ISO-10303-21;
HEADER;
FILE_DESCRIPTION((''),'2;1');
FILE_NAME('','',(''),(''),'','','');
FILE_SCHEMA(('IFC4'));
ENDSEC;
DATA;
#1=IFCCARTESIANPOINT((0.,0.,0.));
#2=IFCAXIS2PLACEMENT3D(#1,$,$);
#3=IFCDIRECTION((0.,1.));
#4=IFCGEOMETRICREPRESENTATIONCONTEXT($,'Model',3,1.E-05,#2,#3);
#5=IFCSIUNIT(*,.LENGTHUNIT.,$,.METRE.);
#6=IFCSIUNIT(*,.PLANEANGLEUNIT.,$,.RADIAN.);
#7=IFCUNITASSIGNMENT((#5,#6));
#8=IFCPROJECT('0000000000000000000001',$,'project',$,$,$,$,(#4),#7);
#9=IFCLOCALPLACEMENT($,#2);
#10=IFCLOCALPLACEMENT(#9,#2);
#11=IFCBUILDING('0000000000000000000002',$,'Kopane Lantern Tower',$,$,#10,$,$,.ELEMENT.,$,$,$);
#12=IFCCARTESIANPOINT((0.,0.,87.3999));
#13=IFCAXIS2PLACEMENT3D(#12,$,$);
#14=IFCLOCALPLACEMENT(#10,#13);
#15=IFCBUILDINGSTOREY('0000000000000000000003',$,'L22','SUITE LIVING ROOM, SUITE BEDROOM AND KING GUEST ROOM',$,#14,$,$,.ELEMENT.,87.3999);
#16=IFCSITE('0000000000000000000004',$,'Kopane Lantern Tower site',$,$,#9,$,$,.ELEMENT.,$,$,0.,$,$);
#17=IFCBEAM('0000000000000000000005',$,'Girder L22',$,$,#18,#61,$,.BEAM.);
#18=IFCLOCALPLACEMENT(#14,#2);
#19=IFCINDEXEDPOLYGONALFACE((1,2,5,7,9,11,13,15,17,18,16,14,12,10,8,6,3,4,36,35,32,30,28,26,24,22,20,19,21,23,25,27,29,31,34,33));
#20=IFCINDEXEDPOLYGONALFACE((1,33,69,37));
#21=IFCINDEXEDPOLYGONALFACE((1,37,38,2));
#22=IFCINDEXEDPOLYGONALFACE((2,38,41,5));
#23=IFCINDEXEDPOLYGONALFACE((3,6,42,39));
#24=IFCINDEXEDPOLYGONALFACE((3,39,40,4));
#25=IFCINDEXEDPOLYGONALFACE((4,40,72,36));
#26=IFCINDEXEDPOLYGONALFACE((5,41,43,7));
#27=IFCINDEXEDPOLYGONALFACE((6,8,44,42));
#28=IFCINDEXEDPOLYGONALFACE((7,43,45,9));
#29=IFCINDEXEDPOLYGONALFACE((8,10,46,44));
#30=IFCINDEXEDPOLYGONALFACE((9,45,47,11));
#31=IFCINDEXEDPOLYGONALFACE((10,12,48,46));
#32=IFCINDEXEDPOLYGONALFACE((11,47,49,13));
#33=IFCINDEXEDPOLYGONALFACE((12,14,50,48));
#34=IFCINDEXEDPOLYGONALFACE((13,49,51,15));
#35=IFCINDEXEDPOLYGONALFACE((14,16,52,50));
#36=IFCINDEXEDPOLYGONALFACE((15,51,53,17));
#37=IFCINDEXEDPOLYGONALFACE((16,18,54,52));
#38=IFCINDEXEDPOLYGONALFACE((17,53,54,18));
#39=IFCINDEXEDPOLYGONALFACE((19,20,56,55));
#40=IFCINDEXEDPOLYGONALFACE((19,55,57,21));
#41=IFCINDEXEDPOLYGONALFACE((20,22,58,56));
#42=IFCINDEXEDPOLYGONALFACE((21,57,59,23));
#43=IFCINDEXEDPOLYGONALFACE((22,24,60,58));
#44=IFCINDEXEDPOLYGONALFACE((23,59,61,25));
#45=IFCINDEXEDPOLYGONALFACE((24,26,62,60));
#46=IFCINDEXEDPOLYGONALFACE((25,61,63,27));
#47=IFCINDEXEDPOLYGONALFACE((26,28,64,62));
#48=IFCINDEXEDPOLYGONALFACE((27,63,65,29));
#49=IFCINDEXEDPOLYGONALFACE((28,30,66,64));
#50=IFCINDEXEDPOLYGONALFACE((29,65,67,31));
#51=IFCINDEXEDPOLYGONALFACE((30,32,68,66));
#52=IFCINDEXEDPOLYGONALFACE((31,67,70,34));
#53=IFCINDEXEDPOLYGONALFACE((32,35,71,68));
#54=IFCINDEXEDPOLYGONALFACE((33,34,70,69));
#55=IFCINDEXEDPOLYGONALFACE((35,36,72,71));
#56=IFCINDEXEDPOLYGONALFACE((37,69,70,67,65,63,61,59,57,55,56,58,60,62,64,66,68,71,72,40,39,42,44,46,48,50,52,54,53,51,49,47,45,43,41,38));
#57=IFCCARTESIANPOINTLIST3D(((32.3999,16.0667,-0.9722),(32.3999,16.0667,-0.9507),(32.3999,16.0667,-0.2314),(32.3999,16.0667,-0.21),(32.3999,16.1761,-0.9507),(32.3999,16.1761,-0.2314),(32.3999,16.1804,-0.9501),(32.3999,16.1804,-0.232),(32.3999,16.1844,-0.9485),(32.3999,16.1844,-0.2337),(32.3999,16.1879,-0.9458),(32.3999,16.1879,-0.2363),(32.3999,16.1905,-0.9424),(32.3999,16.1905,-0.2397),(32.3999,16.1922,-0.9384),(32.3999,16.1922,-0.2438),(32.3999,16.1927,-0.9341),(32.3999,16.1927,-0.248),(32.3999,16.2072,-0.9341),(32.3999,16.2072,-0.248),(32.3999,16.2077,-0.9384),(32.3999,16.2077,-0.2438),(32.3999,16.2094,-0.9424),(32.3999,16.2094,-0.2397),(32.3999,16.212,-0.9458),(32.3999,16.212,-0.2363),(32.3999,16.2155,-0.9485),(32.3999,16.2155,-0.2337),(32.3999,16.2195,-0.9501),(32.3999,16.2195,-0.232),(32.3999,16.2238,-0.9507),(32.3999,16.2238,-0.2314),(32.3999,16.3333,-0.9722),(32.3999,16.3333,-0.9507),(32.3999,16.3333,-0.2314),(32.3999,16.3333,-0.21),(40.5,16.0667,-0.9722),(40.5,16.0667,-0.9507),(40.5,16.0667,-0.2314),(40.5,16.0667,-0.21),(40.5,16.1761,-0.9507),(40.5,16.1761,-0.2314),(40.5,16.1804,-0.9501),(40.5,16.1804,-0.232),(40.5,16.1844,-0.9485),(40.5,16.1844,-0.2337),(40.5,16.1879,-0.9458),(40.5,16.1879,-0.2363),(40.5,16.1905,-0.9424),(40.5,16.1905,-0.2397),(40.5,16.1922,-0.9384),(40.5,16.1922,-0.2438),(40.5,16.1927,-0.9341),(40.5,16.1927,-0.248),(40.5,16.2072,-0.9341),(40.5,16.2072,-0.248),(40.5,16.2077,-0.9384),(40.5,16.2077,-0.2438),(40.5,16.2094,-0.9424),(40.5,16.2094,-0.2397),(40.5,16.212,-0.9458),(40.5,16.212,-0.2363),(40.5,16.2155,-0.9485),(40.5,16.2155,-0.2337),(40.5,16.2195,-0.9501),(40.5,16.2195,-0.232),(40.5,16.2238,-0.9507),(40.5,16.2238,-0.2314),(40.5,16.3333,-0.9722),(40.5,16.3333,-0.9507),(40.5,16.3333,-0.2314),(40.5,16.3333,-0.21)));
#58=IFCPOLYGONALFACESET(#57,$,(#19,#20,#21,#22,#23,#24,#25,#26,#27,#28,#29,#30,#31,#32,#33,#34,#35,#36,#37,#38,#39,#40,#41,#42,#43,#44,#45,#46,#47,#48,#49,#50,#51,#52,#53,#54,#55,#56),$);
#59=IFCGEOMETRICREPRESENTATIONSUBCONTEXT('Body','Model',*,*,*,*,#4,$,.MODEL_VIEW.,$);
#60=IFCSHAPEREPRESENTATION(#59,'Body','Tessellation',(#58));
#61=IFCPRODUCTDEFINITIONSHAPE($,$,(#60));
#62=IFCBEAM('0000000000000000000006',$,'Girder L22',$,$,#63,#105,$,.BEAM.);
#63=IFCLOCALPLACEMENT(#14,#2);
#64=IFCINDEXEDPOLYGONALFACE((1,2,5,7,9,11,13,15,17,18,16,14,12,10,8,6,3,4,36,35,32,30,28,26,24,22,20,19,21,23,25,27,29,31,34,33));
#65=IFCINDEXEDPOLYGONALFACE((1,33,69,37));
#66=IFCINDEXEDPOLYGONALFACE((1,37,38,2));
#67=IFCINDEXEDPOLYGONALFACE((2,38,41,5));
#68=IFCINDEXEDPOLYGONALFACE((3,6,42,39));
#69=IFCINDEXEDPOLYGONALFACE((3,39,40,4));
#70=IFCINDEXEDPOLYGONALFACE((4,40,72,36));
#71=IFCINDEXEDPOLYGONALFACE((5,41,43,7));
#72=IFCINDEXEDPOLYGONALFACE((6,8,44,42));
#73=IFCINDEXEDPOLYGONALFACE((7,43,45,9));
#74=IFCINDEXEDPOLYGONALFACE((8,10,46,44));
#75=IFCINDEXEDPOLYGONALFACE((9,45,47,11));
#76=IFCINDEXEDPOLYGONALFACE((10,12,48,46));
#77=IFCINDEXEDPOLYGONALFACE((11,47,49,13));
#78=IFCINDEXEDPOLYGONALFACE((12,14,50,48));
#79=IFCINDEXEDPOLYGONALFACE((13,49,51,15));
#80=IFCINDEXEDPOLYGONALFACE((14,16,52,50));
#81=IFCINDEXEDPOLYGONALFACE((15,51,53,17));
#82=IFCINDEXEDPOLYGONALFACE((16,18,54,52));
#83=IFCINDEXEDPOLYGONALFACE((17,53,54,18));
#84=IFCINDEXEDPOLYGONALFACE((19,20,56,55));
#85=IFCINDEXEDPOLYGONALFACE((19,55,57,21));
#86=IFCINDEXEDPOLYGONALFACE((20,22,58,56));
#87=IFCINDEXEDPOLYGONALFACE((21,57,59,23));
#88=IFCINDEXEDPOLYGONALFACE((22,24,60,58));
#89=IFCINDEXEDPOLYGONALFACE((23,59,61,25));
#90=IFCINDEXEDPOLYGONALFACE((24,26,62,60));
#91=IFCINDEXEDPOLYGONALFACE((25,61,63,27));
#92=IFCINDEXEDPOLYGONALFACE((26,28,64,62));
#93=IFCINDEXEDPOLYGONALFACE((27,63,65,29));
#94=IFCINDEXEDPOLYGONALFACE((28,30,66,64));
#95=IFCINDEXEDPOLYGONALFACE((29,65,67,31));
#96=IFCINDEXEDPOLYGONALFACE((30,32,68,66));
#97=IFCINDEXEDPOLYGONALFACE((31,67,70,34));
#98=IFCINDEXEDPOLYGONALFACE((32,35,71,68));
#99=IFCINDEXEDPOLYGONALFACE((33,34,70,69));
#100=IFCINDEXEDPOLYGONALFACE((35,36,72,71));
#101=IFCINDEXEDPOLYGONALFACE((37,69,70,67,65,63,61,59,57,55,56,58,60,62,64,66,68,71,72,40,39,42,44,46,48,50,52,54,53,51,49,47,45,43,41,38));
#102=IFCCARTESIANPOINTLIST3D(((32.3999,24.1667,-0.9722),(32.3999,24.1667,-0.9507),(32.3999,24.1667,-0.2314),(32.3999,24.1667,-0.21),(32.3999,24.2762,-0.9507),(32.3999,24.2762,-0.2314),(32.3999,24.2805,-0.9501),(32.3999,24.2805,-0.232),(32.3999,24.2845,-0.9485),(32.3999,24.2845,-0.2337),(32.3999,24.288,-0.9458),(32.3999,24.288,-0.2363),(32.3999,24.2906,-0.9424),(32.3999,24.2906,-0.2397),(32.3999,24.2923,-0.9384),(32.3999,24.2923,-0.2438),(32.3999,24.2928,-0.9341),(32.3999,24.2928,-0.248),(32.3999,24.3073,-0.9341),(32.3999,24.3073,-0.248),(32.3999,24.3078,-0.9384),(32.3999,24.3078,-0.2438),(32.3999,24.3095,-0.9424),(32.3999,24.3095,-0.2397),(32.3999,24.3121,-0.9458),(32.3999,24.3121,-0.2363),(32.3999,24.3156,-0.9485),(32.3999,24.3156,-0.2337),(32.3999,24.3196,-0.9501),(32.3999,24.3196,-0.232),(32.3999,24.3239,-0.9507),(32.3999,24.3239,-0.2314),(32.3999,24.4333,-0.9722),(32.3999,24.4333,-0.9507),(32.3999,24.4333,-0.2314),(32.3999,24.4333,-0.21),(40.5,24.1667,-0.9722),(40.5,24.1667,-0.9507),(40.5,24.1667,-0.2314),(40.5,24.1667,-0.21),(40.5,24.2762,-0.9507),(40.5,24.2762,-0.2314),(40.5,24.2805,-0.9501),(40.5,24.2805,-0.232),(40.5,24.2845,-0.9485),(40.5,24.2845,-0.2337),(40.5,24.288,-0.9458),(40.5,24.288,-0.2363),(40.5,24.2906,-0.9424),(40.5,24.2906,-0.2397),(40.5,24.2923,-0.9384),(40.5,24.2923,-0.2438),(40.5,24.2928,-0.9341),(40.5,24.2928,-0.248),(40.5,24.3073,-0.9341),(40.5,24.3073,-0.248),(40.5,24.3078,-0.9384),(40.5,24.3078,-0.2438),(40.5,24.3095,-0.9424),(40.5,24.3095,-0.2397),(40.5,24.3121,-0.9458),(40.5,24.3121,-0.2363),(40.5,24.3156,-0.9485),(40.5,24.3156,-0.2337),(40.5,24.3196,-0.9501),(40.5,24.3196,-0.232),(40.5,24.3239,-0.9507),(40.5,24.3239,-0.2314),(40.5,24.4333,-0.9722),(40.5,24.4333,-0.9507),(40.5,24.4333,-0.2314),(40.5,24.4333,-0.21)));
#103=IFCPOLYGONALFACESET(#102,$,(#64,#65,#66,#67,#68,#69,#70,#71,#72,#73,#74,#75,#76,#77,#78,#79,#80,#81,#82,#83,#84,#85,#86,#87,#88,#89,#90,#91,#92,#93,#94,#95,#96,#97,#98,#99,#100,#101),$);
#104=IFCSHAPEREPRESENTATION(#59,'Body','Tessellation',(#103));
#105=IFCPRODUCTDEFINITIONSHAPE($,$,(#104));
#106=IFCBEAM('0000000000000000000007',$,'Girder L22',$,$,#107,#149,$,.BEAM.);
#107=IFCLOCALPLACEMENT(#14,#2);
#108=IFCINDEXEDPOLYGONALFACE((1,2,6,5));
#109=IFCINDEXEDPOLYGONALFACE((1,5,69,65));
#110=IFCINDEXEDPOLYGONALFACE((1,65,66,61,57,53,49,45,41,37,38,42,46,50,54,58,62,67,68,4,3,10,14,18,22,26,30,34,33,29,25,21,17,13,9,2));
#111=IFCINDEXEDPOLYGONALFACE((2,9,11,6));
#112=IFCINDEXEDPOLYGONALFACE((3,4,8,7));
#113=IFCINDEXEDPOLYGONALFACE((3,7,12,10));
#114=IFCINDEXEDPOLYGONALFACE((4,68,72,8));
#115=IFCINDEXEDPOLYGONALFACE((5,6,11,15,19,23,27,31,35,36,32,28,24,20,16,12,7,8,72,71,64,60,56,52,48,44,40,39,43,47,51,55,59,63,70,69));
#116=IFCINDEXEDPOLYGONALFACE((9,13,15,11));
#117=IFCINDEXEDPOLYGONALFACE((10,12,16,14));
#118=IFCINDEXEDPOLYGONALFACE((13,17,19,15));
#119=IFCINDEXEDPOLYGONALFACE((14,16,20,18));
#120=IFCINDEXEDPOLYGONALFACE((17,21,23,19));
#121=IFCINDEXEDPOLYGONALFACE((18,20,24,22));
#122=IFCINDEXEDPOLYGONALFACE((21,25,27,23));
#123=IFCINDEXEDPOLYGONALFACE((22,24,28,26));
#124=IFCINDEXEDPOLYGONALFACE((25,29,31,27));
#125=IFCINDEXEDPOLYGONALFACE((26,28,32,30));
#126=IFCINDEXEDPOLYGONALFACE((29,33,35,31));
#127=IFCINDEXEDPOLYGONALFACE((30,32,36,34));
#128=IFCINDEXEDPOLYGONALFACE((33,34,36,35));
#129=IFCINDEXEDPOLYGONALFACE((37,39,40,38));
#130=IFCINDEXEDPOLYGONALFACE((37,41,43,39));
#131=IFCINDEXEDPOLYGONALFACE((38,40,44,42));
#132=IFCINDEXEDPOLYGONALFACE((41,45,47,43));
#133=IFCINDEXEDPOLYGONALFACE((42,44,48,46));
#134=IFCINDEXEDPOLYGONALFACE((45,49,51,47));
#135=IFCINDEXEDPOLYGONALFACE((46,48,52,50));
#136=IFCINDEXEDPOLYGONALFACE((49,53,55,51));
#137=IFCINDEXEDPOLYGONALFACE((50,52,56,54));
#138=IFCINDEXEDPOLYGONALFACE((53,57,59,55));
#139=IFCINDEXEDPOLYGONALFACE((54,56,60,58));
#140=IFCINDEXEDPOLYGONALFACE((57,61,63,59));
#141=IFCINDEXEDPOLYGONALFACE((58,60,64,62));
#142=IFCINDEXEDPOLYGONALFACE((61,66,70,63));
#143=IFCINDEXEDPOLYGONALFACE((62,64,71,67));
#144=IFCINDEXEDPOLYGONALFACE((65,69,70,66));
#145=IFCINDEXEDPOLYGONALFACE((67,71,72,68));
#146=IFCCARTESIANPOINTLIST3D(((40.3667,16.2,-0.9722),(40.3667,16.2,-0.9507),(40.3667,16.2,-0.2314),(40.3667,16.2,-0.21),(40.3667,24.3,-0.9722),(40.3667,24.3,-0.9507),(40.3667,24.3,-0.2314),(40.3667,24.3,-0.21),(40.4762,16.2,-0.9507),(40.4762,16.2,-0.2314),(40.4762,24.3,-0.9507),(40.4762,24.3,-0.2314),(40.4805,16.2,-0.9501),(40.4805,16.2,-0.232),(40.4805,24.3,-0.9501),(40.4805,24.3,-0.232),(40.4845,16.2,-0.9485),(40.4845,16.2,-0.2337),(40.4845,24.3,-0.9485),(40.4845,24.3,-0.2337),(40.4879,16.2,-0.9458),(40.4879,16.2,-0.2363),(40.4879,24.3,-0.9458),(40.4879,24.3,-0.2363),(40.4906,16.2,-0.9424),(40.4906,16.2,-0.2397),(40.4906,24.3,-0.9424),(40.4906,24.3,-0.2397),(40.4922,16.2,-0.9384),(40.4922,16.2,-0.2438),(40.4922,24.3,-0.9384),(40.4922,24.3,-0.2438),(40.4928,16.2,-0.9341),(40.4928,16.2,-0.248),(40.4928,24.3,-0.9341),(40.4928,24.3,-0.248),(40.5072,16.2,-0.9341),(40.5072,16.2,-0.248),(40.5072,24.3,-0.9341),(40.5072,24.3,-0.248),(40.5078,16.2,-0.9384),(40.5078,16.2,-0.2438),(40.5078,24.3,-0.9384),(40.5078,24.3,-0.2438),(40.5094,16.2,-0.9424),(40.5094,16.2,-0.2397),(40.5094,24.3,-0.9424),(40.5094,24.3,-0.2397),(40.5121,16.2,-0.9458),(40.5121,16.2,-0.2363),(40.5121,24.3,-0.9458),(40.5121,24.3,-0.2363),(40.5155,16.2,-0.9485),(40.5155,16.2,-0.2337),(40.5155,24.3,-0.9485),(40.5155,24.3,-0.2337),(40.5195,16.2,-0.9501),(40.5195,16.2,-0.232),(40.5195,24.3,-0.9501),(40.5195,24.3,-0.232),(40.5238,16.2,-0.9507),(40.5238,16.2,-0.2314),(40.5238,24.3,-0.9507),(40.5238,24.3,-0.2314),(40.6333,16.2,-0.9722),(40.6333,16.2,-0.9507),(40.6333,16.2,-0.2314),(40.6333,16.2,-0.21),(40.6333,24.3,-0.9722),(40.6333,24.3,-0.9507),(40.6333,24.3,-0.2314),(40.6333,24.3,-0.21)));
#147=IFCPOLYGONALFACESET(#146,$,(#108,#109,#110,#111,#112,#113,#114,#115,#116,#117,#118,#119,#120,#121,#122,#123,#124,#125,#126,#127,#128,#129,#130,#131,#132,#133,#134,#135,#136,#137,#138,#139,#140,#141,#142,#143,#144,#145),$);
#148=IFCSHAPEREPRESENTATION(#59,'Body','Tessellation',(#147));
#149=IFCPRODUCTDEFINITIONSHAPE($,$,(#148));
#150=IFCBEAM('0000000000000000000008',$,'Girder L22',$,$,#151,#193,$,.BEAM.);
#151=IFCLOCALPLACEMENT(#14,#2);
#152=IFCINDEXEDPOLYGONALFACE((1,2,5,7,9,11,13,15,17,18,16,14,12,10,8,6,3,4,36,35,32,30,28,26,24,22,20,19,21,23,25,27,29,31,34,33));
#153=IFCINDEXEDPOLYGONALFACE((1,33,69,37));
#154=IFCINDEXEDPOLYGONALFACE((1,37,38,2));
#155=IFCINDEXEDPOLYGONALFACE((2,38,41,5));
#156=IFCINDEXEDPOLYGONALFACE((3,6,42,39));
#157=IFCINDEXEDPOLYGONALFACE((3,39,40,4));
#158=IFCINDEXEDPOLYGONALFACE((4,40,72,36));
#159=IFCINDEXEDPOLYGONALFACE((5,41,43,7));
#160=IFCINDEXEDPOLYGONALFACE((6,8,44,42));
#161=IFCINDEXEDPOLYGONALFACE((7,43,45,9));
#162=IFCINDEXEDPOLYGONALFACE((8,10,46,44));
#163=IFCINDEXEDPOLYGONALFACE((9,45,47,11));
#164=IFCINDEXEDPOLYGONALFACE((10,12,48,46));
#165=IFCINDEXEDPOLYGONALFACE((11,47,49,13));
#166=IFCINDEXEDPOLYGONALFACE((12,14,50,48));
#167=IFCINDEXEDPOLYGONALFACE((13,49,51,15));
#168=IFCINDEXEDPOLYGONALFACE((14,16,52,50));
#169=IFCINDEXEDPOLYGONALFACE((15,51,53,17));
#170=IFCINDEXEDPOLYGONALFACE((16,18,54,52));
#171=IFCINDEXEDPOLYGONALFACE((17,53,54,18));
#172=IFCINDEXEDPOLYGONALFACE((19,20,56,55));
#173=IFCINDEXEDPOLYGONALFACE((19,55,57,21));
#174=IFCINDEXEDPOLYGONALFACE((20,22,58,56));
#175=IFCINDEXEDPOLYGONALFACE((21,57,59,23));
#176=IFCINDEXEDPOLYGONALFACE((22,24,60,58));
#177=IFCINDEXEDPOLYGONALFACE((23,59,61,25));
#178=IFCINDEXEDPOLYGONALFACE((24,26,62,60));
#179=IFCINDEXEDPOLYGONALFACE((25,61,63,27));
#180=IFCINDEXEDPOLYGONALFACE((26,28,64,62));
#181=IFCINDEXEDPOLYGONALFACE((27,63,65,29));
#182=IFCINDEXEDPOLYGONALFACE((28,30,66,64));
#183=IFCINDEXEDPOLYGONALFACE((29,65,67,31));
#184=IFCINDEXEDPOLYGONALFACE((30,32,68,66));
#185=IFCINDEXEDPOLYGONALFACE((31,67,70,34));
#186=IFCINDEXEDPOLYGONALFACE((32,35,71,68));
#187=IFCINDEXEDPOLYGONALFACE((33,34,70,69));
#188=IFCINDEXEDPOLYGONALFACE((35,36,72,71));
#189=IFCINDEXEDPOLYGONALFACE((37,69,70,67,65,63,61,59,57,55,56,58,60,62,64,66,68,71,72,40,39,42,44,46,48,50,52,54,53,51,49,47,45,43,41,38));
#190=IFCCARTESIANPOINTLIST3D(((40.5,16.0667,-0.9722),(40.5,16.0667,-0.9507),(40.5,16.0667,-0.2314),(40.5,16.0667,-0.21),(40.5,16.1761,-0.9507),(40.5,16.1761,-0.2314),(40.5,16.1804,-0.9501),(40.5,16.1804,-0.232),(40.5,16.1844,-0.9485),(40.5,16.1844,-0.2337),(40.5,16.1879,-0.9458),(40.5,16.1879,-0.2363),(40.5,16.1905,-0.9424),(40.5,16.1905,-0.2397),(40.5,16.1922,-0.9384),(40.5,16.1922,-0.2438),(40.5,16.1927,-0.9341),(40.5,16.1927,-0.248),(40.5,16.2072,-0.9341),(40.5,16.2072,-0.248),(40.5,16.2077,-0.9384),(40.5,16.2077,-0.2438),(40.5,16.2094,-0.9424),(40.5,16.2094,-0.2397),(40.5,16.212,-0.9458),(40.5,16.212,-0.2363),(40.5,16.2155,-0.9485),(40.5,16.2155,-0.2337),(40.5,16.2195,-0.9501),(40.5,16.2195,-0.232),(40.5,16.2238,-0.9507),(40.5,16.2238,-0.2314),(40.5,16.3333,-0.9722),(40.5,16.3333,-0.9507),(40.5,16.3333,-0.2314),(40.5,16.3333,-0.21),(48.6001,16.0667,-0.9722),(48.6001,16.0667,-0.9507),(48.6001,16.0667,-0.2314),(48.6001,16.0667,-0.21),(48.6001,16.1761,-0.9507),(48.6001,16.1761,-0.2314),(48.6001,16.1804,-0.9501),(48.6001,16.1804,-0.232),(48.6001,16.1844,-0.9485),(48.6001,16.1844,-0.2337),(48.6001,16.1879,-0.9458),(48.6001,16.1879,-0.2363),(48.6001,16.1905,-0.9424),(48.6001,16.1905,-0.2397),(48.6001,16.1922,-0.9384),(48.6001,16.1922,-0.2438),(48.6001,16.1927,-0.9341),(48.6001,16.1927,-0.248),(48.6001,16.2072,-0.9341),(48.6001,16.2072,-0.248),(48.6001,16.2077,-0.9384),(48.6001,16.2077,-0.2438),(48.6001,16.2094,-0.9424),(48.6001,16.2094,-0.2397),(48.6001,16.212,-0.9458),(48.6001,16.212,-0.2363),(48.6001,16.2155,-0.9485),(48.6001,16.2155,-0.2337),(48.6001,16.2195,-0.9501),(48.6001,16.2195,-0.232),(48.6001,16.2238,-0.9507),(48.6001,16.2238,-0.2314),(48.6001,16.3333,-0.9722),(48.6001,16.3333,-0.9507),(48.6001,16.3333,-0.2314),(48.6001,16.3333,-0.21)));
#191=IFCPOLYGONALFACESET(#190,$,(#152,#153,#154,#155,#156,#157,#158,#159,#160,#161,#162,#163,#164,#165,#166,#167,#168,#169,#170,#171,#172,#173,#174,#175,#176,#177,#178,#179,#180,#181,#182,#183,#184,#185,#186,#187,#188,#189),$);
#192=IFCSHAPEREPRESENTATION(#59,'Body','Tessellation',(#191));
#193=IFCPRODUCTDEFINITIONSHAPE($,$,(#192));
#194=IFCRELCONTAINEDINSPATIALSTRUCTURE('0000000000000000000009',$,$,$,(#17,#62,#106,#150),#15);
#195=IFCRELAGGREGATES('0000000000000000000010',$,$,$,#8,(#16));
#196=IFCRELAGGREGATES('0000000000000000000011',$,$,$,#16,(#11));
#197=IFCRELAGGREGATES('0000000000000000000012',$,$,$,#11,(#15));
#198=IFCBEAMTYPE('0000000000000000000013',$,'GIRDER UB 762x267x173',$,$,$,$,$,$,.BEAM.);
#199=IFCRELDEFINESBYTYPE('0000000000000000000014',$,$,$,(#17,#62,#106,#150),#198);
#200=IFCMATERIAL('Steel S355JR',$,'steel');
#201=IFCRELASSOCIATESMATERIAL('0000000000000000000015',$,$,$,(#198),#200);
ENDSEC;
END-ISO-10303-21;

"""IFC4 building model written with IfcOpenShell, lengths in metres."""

from ifc_helpers import new_model, si_unit, direction, frame, origin, origin_2d, place, context, subcontext, project, spatial, i_section, extrude, material, material_profile, profile_set, type_object, element, save


model = new_model("IFC4")

# Units and contexts
model_context = context("Model", 3, precision=1e-05, world=origin(), true_north=direction((0.0, 1.0)))
body_context = subcontext(model_context, "Body", "Model", "MODEL_VIEW")
ifc_project = project(units=[si_unit("LENGTHUNIT", "METRE"), si_unit("PLANEANGLEUNIT", "RADIAN")], contexts=[model_context])

# Site, building, storey
site_placement = place(None, origin())
site = spatial("IfcSite", under=ifc_project, at=site_placement, Name="Kopane Lantern Tower site", CompositionType="ELEMENT", RefElevation=0.0)
building_placement = place(site_placement, origin())
building = spatial("IfcBuilding", under=site, at=building_placement, Name="Kopane Lantern Tower", CompositionType="ELEMENT")
storey_placement = place(building_placement, frame((0.0, 0.0, 87.3999)))
storey = spatial("IfcBuildingStorey", under=building, at=storey_placement, Name="L22", Description="SUITE LIVING ROOM, SUITE BEDROOM AND KING GUEST ROOM", CompositionType="ELEMENT", Elevation=87.3999)

# Beams
ifc_material_1 = material(Name="Steel S355JR", Category="steel")
ifc_material_profile_1 = material_profile(ifc_material_1, i_section(OverallWidth=0.2666, OverallDepth=0.7622, WebThickness=0.0144, FlangeThickness=0.0215, FilletRadius=0.0166, at=origin_2d()), Name="UB 762x267x173")
ifc_profile_set_1 = profile_set([ifc_material_profile_1], Name="Steel S355JR")
beam_type_1 = type_object("IfcBeamType", Name="GIRDER UB 762x267x173", PredefinedType="BEAM", material=ifc_profile_set_1)
for number, where, z_axis, x_axis, name in (
    (1, (32.3999, 16.2, -0.5911), (1.0, 0.0, 0.0), (0.0, 1.0, 0.0), "Girder L22"),
    (2, (32.3999, 24.3, -0.5911), (1.0, 0.0, 0.0), (0.0, 1.0, 0.0), "Girder L22"),
    (3, (40.5, 16.2, -0.5911), (0.0, 1.0, 0.0), (-1.0, 0.0, 0.0), "Girder L22"),
    (4, (40.5, 16.2, -0.5911), (1.0, 0.0, 0.0), (0.0, 1.0, 0.0), "Girder L22"),
):
    element("IfcBeam", number, at=place(storey_placement, frame(where, z_axis=z_axis, x_axis=x_axis)), inside=storey, type_object=beam_type_1, Name=name, PredefinedType="BEAM", context=body_context, shape_type="SweptSolid", body=[
        extrude(i_section(OverallWidth=0.2666, OverallDepth=0.7622, WebThickness=0.0144, FlangeThickness=0.0215, FilletRadius=0.0166, at=origin_2d()), origin(), (0.0, 0.0, 1.0), 8.1001),
    ])

save(model, "model.ifc")
